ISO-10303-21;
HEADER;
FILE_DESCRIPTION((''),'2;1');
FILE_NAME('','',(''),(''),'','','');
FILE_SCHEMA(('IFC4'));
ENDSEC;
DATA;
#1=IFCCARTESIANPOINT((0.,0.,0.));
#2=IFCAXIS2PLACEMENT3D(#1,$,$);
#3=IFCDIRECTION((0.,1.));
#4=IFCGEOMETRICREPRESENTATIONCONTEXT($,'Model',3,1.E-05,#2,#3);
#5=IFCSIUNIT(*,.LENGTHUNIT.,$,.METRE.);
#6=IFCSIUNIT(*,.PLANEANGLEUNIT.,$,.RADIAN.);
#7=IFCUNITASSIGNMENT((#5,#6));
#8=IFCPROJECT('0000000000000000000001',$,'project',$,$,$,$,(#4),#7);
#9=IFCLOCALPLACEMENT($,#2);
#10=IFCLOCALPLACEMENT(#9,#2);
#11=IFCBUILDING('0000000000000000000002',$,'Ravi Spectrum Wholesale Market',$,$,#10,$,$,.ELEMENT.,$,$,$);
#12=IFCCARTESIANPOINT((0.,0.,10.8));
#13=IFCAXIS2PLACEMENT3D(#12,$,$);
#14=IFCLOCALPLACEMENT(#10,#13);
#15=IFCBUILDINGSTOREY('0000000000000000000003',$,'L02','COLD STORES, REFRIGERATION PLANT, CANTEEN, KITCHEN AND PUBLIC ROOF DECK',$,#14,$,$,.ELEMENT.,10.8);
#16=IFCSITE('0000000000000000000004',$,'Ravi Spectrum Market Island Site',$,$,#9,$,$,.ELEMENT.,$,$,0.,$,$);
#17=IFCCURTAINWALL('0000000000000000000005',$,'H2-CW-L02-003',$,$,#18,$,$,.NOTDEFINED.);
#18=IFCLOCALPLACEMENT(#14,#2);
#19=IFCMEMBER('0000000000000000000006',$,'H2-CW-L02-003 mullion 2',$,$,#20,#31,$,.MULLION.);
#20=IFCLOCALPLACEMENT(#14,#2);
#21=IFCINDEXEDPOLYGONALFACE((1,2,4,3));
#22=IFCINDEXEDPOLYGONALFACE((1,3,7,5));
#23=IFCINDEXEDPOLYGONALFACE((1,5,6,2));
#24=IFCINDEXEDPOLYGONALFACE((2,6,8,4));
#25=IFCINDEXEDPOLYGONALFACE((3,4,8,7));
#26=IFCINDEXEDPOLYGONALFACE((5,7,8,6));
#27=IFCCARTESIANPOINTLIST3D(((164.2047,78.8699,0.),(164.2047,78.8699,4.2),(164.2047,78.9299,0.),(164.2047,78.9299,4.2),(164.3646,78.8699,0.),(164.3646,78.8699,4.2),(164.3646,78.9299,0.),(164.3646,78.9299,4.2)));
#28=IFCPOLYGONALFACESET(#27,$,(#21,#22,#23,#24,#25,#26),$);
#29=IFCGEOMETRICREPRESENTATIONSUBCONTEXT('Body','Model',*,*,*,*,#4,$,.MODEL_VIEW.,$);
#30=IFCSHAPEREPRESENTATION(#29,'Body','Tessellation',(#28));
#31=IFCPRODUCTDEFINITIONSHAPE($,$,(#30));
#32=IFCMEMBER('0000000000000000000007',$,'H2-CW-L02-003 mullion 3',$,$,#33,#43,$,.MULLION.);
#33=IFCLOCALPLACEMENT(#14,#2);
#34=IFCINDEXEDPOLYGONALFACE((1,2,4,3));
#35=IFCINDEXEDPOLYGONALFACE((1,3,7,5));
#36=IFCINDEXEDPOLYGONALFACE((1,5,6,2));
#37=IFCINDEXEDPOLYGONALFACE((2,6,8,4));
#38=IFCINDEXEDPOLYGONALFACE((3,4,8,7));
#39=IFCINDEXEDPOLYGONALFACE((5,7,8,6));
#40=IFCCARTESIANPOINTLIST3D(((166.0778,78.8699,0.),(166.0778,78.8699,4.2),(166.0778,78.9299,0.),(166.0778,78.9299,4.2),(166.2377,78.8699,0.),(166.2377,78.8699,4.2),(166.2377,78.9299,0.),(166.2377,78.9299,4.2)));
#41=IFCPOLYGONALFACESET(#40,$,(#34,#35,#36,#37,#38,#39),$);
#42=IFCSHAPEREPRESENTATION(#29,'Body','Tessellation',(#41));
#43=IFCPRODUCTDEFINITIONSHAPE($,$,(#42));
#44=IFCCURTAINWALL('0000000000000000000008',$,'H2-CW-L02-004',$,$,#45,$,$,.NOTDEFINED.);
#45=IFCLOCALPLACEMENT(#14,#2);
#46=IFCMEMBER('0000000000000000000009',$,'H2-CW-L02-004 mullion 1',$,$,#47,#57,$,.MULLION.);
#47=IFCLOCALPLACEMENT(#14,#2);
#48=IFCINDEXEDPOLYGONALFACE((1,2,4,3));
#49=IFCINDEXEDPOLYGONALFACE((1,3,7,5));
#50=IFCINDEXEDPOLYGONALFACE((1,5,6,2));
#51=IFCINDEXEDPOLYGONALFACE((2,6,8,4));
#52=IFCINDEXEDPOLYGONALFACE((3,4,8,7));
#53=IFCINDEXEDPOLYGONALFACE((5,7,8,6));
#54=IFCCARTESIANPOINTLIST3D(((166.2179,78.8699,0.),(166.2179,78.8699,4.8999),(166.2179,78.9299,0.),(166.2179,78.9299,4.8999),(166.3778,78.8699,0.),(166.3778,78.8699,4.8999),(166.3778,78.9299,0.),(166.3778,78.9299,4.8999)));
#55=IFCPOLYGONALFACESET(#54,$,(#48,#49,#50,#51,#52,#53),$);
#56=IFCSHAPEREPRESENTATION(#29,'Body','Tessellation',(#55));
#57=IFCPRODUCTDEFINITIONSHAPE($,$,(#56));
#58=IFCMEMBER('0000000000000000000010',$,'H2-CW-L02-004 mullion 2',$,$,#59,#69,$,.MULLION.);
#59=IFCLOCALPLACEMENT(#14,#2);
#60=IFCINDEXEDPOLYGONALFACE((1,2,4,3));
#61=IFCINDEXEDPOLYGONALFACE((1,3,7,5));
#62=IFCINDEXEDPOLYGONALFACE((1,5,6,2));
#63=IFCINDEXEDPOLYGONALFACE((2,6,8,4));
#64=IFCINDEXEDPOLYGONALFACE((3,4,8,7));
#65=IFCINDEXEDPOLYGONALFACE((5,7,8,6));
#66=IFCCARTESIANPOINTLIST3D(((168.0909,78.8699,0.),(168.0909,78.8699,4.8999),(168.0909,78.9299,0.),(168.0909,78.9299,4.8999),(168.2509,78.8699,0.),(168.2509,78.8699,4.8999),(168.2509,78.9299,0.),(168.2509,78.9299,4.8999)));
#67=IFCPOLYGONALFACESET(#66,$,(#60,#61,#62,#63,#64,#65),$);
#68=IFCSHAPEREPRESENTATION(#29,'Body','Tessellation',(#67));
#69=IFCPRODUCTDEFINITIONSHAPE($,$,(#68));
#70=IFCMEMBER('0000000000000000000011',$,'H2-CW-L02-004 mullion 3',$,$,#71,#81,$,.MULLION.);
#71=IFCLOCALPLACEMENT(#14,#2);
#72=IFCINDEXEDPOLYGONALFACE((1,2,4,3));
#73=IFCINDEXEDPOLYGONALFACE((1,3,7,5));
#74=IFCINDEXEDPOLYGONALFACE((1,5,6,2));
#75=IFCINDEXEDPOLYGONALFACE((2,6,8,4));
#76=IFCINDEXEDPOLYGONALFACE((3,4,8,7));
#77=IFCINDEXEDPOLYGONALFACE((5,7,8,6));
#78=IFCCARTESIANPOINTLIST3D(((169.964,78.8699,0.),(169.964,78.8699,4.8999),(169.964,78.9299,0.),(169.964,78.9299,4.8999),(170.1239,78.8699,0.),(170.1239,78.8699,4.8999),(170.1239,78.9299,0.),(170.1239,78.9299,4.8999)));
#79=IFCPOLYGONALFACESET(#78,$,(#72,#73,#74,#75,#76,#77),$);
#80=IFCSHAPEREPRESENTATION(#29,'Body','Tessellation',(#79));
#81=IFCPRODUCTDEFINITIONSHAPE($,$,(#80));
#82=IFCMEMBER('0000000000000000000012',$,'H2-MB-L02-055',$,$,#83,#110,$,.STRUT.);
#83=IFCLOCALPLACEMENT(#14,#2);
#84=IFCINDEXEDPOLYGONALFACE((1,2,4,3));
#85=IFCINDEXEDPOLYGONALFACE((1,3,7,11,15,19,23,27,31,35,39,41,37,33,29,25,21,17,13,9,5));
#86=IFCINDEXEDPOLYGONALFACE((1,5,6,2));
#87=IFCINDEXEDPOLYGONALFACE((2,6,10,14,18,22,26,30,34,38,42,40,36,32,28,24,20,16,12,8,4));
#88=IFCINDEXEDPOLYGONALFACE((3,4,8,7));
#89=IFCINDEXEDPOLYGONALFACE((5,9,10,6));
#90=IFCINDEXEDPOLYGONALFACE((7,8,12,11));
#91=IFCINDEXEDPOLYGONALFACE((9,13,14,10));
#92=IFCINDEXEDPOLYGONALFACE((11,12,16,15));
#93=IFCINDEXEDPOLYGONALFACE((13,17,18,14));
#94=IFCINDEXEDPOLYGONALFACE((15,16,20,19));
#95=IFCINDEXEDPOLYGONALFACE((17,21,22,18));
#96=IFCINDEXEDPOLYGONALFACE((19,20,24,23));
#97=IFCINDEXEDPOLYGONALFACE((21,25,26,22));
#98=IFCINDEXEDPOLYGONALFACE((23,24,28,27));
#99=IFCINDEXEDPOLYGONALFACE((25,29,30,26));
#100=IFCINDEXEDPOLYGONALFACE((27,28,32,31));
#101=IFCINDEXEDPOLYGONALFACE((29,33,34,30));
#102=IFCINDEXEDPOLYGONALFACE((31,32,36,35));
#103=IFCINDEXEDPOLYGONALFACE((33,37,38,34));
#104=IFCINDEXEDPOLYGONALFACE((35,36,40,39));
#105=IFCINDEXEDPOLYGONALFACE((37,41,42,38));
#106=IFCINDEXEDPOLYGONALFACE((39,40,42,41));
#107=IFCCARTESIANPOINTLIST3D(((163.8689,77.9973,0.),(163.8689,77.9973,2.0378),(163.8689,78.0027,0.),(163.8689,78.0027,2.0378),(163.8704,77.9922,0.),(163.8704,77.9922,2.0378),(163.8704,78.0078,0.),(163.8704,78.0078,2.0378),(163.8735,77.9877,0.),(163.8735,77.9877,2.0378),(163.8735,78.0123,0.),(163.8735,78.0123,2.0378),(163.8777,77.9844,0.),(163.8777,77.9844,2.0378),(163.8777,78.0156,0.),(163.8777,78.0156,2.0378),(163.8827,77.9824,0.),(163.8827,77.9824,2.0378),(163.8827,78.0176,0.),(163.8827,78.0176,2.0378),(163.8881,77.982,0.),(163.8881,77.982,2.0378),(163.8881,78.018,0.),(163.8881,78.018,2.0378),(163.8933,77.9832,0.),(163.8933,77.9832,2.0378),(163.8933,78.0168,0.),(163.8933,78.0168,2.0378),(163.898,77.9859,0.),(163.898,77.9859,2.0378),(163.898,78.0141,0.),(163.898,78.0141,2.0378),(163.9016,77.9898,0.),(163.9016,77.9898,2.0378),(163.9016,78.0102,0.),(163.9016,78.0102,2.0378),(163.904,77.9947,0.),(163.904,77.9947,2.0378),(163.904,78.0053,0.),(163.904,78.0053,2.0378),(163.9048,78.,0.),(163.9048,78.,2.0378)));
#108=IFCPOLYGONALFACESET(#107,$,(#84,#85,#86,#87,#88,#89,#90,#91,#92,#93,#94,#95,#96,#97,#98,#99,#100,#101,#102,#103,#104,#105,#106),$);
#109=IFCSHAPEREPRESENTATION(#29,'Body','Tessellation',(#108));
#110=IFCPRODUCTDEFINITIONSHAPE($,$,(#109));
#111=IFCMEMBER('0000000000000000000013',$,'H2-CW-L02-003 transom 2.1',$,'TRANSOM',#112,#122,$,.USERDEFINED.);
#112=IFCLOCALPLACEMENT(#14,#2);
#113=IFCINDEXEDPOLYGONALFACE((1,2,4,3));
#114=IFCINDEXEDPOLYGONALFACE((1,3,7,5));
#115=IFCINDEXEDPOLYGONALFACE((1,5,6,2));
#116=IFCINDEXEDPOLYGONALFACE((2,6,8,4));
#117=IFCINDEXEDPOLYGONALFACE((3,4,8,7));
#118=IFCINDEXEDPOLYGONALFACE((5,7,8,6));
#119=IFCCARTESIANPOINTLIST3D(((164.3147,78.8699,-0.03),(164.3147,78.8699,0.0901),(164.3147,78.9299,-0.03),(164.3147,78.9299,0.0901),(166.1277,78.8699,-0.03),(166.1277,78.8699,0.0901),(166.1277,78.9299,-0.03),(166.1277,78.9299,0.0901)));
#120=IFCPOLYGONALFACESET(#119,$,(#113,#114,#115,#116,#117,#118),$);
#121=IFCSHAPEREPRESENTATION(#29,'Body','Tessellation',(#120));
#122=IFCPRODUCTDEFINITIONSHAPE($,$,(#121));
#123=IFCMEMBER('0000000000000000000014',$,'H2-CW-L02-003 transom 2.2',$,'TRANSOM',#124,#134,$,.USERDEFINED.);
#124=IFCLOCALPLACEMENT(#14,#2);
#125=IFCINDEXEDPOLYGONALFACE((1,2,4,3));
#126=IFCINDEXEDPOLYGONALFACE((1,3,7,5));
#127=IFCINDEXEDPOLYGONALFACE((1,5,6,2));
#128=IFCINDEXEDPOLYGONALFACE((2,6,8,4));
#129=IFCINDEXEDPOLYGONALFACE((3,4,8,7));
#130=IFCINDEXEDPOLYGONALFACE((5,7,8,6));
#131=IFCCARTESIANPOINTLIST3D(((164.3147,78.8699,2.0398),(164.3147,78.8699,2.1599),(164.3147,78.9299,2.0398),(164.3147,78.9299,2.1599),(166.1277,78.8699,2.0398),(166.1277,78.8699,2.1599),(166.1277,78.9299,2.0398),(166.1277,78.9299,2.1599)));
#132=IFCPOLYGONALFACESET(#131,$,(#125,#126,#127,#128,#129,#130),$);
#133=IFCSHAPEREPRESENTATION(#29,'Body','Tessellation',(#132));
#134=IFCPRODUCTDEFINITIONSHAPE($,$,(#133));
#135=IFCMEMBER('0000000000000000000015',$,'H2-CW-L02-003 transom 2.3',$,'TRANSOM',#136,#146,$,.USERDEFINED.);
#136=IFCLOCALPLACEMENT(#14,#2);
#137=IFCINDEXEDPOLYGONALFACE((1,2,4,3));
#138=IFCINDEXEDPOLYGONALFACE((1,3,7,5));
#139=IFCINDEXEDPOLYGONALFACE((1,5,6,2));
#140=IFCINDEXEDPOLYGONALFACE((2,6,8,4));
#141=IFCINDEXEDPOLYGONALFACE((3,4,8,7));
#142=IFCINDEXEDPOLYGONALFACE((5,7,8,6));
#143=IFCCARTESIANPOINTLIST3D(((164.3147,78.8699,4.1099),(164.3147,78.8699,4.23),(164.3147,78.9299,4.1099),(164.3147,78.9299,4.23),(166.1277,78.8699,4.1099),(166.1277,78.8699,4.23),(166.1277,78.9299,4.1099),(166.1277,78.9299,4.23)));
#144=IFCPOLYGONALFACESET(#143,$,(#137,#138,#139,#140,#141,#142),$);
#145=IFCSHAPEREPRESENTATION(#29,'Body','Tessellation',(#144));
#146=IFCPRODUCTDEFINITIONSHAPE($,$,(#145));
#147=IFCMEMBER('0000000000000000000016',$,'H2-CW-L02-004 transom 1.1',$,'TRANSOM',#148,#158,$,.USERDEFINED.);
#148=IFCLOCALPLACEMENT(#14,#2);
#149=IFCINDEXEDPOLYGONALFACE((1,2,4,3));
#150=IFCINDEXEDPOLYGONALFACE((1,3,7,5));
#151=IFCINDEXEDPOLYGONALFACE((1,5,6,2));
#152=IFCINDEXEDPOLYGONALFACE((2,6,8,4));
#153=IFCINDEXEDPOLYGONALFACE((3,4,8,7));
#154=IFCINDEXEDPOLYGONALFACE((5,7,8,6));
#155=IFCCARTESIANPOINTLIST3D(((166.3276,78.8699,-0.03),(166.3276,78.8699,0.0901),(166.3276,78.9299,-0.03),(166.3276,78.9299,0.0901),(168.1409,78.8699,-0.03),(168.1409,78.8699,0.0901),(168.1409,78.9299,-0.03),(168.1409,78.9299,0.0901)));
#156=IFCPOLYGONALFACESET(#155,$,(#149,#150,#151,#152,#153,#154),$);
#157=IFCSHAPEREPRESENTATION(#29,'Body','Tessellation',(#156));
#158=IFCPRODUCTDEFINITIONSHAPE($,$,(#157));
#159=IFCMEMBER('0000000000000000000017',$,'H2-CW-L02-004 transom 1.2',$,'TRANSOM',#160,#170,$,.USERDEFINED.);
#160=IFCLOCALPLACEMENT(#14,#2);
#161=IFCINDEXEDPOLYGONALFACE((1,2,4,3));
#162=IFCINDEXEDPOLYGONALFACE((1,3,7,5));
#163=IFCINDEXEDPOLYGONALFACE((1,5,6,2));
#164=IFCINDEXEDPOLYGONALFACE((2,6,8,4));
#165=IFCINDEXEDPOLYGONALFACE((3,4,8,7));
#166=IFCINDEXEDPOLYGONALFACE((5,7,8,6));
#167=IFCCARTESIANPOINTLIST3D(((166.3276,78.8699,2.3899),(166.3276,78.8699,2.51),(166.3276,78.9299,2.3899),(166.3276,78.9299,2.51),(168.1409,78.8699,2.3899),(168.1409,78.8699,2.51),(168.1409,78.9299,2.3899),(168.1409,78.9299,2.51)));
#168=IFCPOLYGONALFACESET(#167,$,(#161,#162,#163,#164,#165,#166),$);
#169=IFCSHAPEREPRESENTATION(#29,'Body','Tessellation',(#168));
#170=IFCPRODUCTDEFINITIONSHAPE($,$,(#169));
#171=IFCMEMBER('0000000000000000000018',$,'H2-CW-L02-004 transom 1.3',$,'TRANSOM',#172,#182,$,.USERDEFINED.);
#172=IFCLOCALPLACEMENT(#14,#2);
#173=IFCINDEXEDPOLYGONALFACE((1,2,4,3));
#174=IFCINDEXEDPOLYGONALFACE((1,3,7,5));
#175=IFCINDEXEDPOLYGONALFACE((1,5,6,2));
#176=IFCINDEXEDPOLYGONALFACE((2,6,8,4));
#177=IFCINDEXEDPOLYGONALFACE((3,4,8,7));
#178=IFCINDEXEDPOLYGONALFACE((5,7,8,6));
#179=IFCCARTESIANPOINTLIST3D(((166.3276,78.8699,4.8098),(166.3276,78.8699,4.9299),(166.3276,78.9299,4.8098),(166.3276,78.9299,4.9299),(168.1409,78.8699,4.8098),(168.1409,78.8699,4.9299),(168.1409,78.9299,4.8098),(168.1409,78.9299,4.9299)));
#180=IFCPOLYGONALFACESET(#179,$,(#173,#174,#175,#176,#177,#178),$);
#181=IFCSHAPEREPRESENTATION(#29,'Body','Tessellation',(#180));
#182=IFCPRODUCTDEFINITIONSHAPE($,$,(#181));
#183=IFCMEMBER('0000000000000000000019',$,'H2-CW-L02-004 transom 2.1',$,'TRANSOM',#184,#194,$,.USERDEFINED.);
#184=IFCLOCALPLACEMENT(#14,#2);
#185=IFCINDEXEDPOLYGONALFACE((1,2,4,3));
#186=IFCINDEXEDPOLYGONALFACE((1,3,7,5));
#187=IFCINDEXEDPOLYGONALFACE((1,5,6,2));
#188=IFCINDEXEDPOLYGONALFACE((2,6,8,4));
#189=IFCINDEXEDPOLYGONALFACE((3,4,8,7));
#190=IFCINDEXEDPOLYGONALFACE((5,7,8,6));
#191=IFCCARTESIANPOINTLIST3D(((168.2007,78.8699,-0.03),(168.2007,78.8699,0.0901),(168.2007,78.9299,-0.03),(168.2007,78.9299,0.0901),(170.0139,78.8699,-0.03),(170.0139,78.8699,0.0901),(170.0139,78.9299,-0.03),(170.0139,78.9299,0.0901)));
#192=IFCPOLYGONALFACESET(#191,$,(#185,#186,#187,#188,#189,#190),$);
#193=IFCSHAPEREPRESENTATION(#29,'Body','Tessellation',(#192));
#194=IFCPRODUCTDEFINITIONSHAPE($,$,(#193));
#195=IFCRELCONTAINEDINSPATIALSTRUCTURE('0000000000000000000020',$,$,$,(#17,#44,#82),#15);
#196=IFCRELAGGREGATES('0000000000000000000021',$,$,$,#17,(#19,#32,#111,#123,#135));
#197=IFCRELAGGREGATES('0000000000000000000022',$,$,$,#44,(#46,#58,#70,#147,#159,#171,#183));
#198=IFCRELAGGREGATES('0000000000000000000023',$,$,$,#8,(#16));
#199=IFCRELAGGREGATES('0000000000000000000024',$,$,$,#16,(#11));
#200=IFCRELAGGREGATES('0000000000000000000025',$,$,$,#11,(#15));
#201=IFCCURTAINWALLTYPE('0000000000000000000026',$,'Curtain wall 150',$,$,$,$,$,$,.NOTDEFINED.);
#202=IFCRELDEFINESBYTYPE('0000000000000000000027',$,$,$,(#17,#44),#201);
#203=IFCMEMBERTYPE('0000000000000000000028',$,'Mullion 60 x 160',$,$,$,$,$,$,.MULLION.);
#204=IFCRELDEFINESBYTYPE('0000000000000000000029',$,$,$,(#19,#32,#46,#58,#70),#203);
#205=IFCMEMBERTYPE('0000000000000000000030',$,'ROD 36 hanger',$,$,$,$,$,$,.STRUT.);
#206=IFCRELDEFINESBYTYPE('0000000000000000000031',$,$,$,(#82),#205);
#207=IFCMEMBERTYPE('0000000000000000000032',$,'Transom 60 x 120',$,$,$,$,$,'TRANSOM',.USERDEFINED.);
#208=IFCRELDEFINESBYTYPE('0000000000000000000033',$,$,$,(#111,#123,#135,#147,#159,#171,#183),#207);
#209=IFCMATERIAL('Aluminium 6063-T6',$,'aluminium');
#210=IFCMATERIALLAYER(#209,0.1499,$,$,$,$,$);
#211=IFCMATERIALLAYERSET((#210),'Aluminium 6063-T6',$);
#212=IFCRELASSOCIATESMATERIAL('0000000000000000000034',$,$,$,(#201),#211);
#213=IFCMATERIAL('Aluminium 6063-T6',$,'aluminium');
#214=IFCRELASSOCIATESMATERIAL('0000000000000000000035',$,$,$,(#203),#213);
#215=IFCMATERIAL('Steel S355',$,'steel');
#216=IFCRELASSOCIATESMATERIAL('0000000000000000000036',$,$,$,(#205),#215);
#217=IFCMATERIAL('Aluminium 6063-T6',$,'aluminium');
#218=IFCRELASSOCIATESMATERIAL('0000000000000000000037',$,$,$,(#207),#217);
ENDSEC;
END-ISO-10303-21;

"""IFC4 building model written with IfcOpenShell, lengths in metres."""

from ifc_helpers import new_model, si_unit, direction, frame, origin, origin_2d, place, context, subcontext, project, spatial, rectangle, circle, extrude, material, layer, layer_set, material_profile, profile_set, type_object, element, aggregate, save


model = new_model("IFC4")

# Units and contexts
model_context = context("Model", 3, precision=1e-05, world=origin(), true_north=direction((0.0, 1.0)))
body_context = subcontext(model_context, "Body", "Model", "MODEL_VIEW")
ifc_project = project(units=[si_unit("LENGTHUNIT", "METRE"), si_unit("PLANEANGLEUNIT", "RADIAN")], contexts=[model_context])

# Site, building, storey
site_placement = place(None, origin())
site = spatial("IfcSite", under=ifc_project, at=site_placement, Name="Ravi Spectrum Market Island Site", CompositionType="ELEMENT", RefElevation=0.0)
building_placement = place(site_placement, origin())
building = spatial("IfcBuilding", under=site, at=building_placement, Name="Ravi Spectrum Wholesale Market", CompositionType="ELEMENT")
storey_placement = place(building_placement, frame((0.0, 0.0, 10.8)))
storey = spatial("IfcBuildingStorey", under=building, at=storey_placement, Name="L02", Description="COLD STORES, REFRIGERATION PLANT, CANTEEN, KITCHEN AND PUBLIC ROOF DECK", CompositionType="ELEMENT", Elevation=10.8)

# Curtain walls, members
ifc_material_1 = material(Name="Aluminium 6063-T6", Category="aluminium")
ifc_layer_1 = layer(ifc_material_1, 0.1499)
ifc_layer_set_1 = layer_set([ifc_layer_1], Name="Aluminium 6063-T6")
curtain_wall_type = type_object("IfcCurtainWallType", Name="Curtain wall 150", PredefinedType="NOTDEFINED", material=ifc_layer_set_1)
curtain_wall_1_placement = place(storey_placement, origin())
curtain_wall_1 = element("IfcCurtainWall", 1, at=curtain_wall_1_placement, inside=storey, type_object=curtain_wall_type, Name="H2-CW-L02-003", PredefinedType="NOTDEFINED")
ifc_material_2 = material(Name="Aluminium 6063-T6", Category="aluminium")
ifc_material_profile_1 = material_profile(ifc_material_2, rectangle(XDim=0.0601, YDim=0.1599, at=origin_2d()))
ifc_profile_set_1 = profile_set([ifc_material_profile_1], Name="Aluminium 6063-T6")
member_type_1 = type_object("IfcMemberType", Name="Mullion 60 x 160", PredefinedType="MULLION", material=ifc_profile_set_1)
member_1_placement = place(storey_placement, frame((164.2847, 78.8999, 0.0), z_axis=(0.0, 0.0, 1.0), x_axis=(0.0, 1.0, 0.0)))
member_1 = element("IfcMember", 2, at=member_1_placement, type_object=member_type_1, Name="H2-CW-L02-003 mullion 2", PredefinedType="MULLION", context=body_context, shape_type="SweptSolid", body=[
    extrude(rectangle(XDim=0.0601, YDim=0.1599, at=origin_2d()), origin(), (0.0, 0.0, 1.0), 4.2),
])
member_2_placement = place(storey_placement, frame((166.1577, 78.8999, 0.0), z_axis=(0.0, 0.0, 1.0), x_axis=(0.0, 1.0, 0.0)))
member_2 = element("IfcMember", 3, at=member_2_placement, type_object=member_type_1, Name="H2-CW-L02-003 mullion 3", PredefinedType="MULLION", context=body_context, shape_type="SweptSolid", body=[
    extrude(rectangle(XDim=0.0601, YDim=0.1599, at=origin_2d()), origin(), (0.0, 0.0, 1.0), 4.2),
])
curtain_wall_2_placement = place(storey_placement, origin())
curtain_wall_2 = element("IfcCurtainWall", 4, at=curtain_wall_2_placement, inside=storey, type_object=curtain_wall_type, Name="H2-CW-L02-004", PredefinedType="NOTDEFINED")
member_3_placement = place(storey_placement, frame((166.2979, 78.8999, 0.0), z_axis=(0.0, 0.0, 1.0), x_axis=(0.0, 1.0, 0.0)))
member_3 = element("IfcMember", 5, at=member_3_placement, type_object=member_type_1, Name="H2-CW-L02-004 mullion 1", PredefinedType="MULLION", context=body_context, shape_type="SweptSolid", body=[
    extrude(rectangle(XDim=0.0601, YDim=0.1599, at=origin_2d()), origin(), (0.0, 0.0, 1.0), 4.8999),
])
member_4_placement = place(storey_placement, frame((168.1709, 78.8999, 0.0), z_axis=(0.0, 0.0, 1.0), x_axis=(0.0, 1.0, 0.0)))
member_4 = element("IfcMember", 6, at=member_4_placement, type_object=member_type_1, Name="H2-CW-L02-004 mullion 2", PredefinedType="MULLION", context=body_context, shape_type="SweptSolid", body=[
    extrude(rectangle(XDim=0.0601, YDim=0.1599, at=origin_2d()), origin(), (0.0, 0.0, 1.0), 4.8999),
])
member_5_placement = place(storey_placement, frame((170.0439, 78.8999, 0.0), z_axis=(0.0, 0.0, 1.0), x_axis=(0.0, 1.0, 0.0)))
member_5 = element("IfcMember", 7, at=member_5_placement, type_object=member_type_1, Name="H2-CW-L02-004 mullion 3", PredefinedType="MULLION", context=body_context, shape_type="SweptSolid", body=[
    extrude(rectangle(XDim=0.0601, YDim=0.1599, at=origin_2d()), origin(), (0.0, 0.0, 1.0), 4.8999),
])

# Members
ifc_material_3 = material(Name="Steel S355", Category="steel")
ifc_material_profile_2 = material_profile(ifc_material_3, circle(Radius=0.0181, at=origin_2d()))
ifc_profile_set_2 = profile_set([ifc_material_profile_2], Name="Steel S355")
member_type_2 = type_object("IfcMemberType", Name="ROD 36 hanger", PredefinedType="STRUT", material=ifc_profile_set_2)
member_6_placement = place(storey_placement, frame((163.8867, 78.0, 0.0), z_axis=(0.0, 0.0, 1.0), x_axis=(1.0, 0.0, 0.0)))
element("IfcMember", 8, at=member_6_placement, inside=storey, type_object=member_type_2, Name="H2-MB-L02-055", PredefinedType="STRUT", context=body_context, shape_type="SweptSolid", body=[
    extrude(circle(Radius=0.0181, at=origin_2d()), origin(), (0.0, 0.0, 1.0), 2.0378),
])
ifc_material_4 = material(Name="Aluminium 6063-T6", Category="aluminium")
ifc_material_profile_3 = material_profile(ifc_material_4, rectangle(XDim=0.0601, YDim=0.1201, at=origin_2d()))
ifc_profile_set_3 = profile_set([ifc_material_profile_3], Name="Aluminium 6063-T6")
member_type_3 = type_object("IfcMemberType", Name="Transom 60 x 120", ElementType="TRANSOM", PredefinedType="USERDEFINED", material=ifc_profile_set_3)
member_7_placement = place(storey_placement, frame((164.3147, 78.8999, 0.03), z_axis=(1.0, 0.0, 0.0), x_axis=(0.0, 1.0, 0.0)))
member_7 = element("IfcMember", 9, at=member_7_placement, type_object=member_type_3, Name="H2-CW-L02-003 transom 2.1", ObjectType="TRANSOM", PredefinedType="USERDEFINED", context=body_context, shape_type="SweptSolid", body=[
    extrude(rectangle(XDim=0.0601, YDim=0.1201, at=origin_2d()), origin(), (0.0, 0.0, 1.0), 1.813),
])
member_8_placement = place(storey_placement, frame((164.3147, 78.8999, 2.0999), z_axis=(1.0, 0.0, 0.0), x_axis=(0.0, 1.0, 0.0)))
member_8 = element("IfcMember", 10, at=member_8_placement, type_object=member_type_3, Name="H2-CW-L02-003 transom 2.2", ObjectType="TRANSOM", PredefinedType="USERDEFINED", context=body_context, shape_type="SweptSolid", body=[
    extrude(rectangle(XDim=0.0601, YDim=0.1201, at=origin_2d()), origin(), (0.0, 0.0, 1.0), 1.813),
])
member_9_placement = place(storey_placement, frame((164.3147, 78.8999, 4.1699), z_axis=(1.0, 0.0, 0.0), x_axis=(0.0, 1.0, 0.0)))
member_9 = element("IfcMember", 11, at=member_9_placement, type_object=member_type_3, Name="H2-CW-L02-003 transom 2.3", ObjectType="TRANSOM", PredefinedType="USERDEFINED", context=body_context, shape_type="SweptSolid", body=[
    extrude(rectangle(XDim=0.0601, YDim=0.1201, at=origin_2d()), origin(), (0.0, 0.0, 1.0), 1.813),
])
member_10_placement = place(storey_placement, frame((166.3276, 78.8999, 0.03), z_axis=(1.0, 0.0, 0.0), x_axis=(0.0, 1.0, 0.0)))
member_10 = element("IfcMember", 12, at=member_10_placement, type_object=member_type_3, Name="H2-CW-L02-004 transom 1.1", ObjectType="TRANSOM", PredefinedType="USERDEFINED", context=body_context, shape_type="SweptSolid", body=[
    extrude(rectangle(XDim=0.0601, YDim=0.1201, at=origin_2d()), origin(), (0.0, 0.0, 1.0), 1.8132),
])
member_11_placement = place(storey_placement, frame((166.3276, 78.8999, 2.45), z_axis=(1.0, 0.0, 0.0), x_axis=(0.0, 1.0, 0.0)))
member_11 = element("IfcMember", 13, at=member_11_placement, type_object=member_type_3, Name="H2-CW-L02-004 transom 1.2", ObjectType="TRANSOM", PredefinedType="USERDEFINED", context=body_context, shape_type="SweptSolid", body=[
    extrude(rectangle(XDim=0.0601, YDim=0.1201, at=origin_2d()), origin(), (0.0, 0.0, 1.0), 1.8132),
])
member_12_placement = place(storey_placement, frame((166.3276, 78.8999, 4.8699), z_axis=(1.0, 0.0, 0.0), x_axis=(0.0, 1.0, 0.0)))
member_12 = element("IfcMember", 14, at=member_12_placement, type_object=member_type_3, Name="H2-CW-L02-004 transom 1.3", ObjectType="TRANSOM", PredefinedType="USERDEFINED", context=body_context, shape_type="SweptSolid", body=[
    extrude(rectangle(XDim=0.0601, YDim=0.1201, at=origin_2d()), origin(), (0.0, 0.0, 1.0), 1.8132),
])
member_13_placement = place(storey_placement, frame((168.2007, 78.8999, 0.03), z_axis=(1.0, 0.0, 0.0), x_axis=(0.0, 1.0, 0.0)))
member_13 = element("IfcMember", 15, at=member_13_placement, type_object=member_type_3, Name="H2-CW-L02-004 transom 2.1", ObjectType="TRANSOM", PredefinedType="USERDEFINED", context=body_context, shape_type="SweptSolid", body=[
    extrude(rectangle(XDim=0.0601, YDim=0.1201, at=origin_2d()), origin(), (0.0, 0.0, 1.0), 1.8132),
])

aggregate(curtain_wall_1, [member_1, member_2, member_7, member_8, member_9])
aggregate(curtain_wall_2, [member_3, member_4, member_5, member_10, member_11, member_12, member_13])

save(model, "model.ifc")
